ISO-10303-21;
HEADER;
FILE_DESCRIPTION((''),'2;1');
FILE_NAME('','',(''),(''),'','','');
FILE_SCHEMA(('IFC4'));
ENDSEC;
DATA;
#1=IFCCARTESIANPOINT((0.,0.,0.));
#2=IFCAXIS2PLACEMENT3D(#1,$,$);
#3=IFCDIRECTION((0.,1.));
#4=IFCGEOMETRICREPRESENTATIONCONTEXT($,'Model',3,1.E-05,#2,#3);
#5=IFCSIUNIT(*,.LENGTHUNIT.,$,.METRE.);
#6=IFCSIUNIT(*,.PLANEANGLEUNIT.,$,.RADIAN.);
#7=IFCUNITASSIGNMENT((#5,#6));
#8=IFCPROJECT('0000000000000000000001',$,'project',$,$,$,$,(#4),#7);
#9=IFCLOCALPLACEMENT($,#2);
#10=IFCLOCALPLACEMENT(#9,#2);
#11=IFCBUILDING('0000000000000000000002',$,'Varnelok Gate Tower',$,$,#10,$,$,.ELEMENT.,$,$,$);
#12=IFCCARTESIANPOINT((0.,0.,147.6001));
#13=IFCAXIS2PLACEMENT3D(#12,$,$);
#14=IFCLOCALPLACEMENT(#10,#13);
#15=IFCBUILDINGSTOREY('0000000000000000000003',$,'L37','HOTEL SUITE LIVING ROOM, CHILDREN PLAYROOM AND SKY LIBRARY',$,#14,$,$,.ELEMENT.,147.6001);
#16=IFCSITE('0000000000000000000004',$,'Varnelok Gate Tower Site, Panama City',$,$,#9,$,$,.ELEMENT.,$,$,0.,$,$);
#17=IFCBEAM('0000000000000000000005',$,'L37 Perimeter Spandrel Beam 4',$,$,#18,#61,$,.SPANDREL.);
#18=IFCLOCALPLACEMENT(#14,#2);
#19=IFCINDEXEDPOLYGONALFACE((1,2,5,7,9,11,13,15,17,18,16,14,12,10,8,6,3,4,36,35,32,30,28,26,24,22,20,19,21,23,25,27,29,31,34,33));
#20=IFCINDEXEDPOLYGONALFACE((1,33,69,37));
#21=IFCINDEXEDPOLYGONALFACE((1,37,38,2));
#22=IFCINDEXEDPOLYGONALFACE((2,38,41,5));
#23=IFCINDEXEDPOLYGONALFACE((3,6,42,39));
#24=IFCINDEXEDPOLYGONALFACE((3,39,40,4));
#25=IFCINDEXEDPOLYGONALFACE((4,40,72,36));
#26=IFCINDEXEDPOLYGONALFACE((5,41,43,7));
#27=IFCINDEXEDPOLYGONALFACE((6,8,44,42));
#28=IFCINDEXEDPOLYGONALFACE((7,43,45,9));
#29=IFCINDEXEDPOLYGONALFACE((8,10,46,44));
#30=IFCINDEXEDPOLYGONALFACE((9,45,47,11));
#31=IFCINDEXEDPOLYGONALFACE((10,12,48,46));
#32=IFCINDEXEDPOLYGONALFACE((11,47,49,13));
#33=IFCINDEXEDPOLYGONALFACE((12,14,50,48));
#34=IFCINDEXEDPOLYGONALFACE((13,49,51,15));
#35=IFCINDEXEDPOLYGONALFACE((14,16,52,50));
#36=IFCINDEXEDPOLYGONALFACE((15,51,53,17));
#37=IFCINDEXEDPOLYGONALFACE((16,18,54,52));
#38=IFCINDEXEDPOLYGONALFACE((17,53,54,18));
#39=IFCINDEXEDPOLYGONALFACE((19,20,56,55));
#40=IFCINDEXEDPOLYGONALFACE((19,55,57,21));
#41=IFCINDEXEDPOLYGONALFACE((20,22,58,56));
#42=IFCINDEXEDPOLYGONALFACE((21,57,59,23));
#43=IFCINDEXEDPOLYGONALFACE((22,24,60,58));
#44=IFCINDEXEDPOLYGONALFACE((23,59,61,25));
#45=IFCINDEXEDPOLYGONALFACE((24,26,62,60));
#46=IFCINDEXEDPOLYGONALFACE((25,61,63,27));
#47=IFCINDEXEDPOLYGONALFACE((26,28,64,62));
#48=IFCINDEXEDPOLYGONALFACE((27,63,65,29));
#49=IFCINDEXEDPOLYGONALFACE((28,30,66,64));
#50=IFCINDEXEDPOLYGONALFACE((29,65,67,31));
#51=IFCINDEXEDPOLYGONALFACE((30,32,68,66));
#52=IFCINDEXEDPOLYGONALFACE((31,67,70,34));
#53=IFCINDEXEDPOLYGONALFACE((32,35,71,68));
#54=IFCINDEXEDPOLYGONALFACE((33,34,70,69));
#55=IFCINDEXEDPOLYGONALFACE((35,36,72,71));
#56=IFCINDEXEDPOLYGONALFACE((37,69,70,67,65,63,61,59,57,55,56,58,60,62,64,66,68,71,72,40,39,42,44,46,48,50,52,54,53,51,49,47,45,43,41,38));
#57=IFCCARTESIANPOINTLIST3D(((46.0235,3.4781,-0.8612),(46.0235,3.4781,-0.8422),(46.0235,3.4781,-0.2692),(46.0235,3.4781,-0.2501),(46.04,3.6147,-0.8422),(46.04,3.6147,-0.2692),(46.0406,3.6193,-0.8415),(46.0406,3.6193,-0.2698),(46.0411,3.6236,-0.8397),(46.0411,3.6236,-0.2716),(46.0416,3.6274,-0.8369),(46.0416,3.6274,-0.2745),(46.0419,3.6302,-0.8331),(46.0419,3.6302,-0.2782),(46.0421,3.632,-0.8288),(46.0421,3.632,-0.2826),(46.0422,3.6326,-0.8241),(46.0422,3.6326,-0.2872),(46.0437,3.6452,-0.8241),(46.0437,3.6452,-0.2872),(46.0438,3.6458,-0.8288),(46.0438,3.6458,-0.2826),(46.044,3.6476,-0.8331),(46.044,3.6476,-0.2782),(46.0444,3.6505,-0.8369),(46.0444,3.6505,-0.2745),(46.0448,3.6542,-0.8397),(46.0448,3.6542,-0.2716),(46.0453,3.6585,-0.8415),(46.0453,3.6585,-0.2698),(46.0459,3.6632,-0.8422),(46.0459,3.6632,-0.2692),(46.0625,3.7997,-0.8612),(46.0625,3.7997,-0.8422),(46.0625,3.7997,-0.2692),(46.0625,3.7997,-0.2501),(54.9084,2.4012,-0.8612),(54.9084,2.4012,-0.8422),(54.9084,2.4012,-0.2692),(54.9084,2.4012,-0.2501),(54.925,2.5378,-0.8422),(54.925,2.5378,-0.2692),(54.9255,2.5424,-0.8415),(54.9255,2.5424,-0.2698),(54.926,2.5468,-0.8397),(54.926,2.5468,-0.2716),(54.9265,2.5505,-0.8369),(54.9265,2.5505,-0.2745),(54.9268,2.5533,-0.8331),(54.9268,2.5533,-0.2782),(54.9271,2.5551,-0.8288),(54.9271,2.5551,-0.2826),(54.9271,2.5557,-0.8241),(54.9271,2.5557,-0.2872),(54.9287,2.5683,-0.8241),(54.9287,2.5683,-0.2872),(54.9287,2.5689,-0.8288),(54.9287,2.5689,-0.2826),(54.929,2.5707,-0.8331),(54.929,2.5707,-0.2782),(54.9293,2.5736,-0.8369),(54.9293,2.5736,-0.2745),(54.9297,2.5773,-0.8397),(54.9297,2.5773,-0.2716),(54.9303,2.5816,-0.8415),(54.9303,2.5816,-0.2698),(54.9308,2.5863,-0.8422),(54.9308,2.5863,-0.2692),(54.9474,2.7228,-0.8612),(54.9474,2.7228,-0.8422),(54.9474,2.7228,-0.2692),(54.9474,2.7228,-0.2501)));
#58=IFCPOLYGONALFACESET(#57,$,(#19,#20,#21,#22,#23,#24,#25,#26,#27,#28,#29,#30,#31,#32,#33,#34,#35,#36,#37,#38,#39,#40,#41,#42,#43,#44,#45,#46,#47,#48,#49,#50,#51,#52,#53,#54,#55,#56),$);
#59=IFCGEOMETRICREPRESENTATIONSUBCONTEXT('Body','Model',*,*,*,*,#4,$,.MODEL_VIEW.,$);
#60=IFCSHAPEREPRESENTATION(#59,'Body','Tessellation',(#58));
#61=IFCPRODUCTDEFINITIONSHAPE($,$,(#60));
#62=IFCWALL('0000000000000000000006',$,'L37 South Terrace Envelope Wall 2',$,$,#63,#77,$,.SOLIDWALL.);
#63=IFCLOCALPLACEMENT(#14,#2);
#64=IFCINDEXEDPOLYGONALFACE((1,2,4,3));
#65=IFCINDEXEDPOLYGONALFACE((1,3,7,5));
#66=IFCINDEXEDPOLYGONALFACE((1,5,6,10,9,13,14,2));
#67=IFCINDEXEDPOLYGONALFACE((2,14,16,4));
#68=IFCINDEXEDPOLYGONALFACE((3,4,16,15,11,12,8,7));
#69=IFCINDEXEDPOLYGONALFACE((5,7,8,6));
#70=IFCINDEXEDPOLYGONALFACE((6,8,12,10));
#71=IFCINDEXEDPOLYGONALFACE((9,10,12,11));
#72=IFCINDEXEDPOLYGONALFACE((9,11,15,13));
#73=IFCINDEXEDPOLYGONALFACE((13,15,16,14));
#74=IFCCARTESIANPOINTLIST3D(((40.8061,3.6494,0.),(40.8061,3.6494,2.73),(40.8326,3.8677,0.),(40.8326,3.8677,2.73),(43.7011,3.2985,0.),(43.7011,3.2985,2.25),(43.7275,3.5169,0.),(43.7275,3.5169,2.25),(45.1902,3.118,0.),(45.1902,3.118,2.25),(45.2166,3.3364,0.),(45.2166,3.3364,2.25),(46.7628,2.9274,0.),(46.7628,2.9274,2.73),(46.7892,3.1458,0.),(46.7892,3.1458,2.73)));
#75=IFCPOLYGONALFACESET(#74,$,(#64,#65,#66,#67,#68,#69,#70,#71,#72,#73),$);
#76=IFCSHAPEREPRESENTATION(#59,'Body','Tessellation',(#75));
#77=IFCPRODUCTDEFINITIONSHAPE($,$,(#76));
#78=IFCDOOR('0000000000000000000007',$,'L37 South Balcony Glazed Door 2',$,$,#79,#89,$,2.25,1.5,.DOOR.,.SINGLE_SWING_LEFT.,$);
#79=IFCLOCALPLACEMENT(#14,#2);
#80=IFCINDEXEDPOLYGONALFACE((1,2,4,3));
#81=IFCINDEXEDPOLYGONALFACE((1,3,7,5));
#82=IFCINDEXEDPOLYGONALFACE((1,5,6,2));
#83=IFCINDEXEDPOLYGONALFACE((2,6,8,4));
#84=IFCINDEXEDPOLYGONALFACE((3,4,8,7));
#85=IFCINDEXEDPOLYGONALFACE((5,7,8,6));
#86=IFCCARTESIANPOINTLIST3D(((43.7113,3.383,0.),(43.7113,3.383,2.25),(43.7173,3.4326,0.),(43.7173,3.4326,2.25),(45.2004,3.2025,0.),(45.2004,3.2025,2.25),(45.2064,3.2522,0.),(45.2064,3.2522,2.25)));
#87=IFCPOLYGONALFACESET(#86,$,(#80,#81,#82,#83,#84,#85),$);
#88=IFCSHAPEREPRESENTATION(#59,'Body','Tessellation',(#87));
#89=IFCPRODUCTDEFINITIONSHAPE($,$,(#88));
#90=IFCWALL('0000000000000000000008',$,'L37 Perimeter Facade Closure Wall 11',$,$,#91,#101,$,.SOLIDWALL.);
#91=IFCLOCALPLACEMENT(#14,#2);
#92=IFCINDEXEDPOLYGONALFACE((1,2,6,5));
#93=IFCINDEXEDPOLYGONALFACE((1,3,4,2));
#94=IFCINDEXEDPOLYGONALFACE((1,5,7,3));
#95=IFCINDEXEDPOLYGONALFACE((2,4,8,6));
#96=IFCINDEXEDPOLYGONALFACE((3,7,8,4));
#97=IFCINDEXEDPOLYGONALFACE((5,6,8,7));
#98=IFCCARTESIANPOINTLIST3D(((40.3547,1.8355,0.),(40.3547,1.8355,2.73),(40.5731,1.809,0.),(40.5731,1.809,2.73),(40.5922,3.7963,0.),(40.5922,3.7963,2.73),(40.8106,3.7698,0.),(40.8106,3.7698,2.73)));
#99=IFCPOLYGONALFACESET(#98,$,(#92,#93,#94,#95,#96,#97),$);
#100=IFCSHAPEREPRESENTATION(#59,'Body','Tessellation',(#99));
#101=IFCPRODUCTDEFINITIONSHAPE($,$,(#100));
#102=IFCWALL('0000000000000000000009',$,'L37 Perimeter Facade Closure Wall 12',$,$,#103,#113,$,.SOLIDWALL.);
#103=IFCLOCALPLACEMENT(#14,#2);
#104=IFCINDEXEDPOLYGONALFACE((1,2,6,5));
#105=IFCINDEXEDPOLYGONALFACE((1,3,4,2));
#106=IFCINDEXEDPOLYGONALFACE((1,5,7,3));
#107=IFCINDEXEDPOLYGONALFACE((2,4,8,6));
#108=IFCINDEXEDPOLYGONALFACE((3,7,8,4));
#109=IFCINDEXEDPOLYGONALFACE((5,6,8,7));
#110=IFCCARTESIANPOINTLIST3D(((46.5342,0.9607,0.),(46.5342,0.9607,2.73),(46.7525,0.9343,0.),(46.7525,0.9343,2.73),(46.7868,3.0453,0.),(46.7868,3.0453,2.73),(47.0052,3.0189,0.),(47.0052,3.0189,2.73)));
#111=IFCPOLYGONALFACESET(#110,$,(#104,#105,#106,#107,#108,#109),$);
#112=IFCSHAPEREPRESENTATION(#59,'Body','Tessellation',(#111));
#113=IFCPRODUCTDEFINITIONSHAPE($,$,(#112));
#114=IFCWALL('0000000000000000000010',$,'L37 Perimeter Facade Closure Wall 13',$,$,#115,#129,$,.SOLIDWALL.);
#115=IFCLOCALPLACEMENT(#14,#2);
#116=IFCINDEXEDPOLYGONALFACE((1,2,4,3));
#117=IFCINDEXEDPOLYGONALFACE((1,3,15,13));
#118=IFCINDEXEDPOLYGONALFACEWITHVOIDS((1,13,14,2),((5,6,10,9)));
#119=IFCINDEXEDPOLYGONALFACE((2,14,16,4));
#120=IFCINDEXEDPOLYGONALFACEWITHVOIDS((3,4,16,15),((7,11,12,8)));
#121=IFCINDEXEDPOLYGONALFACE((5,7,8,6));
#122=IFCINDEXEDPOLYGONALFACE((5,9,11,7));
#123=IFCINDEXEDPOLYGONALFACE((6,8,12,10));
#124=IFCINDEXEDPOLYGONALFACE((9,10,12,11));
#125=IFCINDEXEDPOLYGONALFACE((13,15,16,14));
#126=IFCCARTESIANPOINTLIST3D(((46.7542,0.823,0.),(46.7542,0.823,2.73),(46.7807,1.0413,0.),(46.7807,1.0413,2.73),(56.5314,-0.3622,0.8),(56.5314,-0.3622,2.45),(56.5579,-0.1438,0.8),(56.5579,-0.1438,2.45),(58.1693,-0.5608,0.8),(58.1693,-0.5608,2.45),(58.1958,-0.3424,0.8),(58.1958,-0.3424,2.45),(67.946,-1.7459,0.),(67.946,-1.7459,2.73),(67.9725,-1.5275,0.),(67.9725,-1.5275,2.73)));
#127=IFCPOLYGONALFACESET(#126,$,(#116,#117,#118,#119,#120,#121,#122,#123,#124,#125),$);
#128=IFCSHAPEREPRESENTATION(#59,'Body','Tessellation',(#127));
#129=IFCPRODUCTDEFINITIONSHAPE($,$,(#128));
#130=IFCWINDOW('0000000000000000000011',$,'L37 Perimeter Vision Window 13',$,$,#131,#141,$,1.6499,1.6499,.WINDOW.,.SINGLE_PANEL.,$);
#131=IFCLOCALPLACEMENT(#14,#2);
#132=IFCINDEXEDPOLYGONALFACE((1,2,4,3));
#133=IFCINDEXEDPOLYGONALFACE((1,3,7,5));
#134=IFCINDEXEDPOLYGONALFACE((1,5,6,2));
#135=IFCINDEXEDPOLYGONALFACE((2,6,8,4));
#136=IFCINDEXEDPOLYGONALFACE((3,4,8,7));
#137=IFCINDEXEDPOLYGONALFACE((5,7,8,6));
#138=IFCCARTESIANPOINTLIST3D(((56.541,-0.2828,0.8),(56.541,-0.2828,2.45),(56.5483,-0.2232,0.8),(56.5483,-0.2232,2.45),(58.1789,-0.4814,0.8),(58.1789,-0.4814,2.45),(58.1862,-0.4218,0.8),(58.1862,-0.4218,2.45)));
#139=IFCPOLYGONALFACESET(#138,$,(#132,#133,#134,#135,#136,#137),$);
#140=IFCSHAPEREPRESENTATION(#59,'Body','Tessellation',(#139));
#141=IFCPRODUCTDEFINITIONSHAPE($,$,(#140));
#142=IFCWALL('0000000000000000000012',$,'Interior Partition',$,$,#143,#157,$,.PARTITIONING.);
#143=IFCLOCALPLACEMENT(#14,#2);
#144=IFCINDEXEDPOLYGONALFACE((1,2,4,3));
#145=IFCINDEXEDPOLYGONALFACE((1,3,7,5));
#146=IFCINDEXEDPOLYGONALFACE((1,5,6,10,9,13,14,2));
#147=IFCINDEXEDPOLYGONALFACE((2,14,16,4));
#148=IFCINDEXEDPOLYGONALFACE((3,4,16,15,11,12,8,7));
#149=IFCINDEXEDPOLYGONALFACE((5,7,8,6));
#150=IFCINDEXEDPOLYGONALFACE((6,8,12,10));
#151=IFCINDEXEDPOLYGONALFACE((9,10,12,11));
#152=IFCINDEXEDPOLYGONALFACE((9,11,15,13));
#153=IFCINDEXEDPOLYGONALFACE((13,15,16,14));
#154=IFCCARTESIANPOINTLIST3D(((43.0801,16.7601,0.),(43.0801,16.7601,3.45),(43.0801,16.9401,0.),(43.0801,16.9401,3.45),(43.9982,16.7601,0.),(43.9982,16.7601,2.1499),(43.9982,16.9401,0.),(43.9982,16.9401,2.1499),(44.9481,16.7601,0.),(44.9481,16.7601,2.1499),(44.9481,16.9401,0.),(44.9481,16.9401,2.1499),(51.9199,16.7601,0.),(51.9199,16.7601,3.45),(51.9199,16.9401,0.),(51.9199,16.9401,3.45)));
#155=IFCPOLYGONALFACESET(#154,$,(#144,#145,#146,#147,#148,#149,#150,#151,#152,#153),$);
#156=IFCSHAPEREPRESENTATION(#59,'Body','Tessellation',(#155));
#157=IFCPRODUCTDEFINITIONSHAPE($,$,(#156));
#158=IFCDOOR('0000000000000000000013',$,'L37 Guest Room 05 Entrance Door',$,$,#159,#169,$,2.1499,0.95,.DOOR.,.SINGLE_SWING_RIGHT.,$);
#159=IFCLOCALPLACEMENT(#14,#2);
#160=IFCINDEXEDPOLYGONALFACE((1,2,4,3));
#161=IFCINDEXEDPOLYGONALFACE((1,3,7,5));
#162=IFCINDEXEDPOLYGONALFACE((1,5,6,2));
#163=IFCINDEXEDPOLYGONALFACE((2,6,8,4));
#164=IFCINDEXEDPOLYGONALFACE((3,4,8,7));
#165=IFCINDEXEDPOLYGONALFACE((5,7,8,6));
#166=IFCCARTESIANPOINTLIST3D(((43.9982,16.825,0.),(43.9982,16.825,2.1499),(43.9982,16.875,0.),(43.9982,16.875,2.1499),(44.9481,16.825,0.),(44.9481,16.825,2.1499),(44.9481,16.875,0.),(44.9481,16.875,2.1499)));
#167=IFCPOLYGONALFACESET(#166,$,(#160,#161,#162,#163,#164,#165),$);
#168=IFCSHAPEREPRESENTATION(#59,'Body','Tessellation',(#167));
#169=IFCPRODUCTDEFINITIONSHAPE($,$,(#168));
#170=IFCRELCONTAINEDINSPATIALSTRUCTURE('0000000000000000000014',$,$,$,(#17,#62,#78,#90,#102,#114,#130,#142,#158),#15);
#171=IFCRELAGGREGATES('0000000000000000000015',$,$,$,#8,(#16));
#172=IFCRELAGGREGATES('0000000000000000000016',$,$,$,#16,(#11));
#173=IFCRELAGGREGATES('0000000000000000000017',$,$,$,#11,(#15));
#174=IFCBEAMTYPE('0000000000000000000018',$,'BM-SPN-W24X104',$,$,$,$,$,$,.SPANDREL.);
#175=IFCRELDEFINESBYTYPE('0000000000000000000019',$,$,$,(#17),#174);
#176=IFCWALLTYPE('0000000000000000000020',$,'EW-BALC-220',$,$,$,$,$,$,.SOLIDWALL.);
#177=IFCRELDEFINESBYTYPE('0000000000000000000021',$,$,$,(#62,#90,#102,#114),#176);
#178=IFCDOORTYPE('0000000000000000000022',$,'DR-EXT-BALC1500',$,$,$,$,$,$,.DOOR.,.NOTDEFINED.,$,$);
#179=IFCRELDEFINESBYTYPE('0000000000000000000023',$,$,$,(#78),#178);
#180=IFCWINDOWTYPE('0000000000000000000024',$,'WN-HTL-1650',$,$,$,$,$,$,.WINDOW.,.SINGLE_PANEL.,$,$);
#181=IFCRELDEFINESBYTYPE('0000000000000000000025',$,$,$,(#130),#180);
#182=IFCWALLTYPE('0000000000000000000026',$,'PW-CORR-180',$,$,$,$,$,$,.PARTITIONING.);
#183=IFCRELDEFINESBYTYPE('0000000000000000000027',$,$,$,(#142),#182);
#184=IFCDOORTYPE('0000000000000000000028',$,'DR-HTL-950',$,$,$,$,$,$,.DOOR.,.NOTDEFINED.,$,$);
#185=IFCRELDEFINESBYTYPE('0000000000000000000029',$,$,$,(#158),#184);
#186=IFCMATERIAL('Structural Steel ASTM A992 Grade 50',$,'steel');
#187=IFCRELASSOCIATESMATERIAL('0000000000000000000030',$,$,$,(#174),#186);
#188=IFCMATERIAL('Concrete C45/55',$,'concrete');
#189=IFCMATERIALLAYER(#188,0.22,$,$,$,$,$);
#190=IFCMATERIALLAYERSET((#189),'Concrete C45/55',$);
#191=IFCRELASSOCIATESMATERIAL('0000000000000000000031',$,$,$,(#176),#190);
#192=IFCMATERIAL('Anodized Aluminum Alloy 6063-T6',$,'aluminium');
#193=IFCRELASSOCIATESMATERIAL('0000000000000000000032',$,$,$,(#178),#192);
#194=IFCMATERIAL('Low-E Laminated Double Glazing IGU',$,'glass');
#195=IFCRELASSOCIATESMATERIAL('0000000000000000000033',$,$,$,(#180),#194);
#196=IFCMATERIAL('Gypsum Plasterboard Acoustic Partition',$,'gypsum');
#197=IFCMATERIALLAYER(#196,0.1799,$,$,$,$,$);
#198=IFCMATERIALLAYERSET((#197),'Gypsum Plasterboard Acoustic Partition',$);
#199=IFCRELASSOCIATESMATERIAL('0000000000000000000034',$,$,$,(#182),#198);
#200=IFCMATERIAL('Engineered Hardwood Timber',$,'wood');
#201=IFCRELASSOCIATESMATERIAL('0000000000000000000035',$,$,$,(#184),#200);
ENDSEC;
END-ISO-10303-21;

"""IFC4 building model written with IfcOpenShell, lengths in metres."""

from ifc_helpers import new_model, si_unit, direction, frame, frame_2d, origin, origin_2d, place, context, subcontext, project, spatial, rectangle, i_section, extrude, material, layer, layer_set, material_profile, profile_set, type_object, element, fill, save


model = new_model("IFC4")

# Units and contexts
model_context = context("Model", 3, precision=1e-05, world=origin(), true_north=direction((0.0, 1.0)))
body_context = subcontext(model_context, "Body", "Model", "MODEL_VIEW")
ifc_project = project(units=[si_unit("LENGTHUNIT", "METRE"), si_unit("PLANEANGLEUNIT", "RADIAN")], contexts=[model_context])

# Site, building, storey
site_placement = place(None, origin())
site = spatial("IfcSite", under=ifc_project, at=site_placement, Name="Varnelok Gate Tower Site, Panama City", CompositionType="ELEMENT", RefElevation=0.0)
building_placement = place(site_placement, origin())
building = spatial("IfcBuilding", under=site, at=building_placement, Name="Varnelok Gate Tower", CompositionType="ELEMENT")
storey_placement = place(building_placement, frame((0.0, 0.0, 147.6001)))
storey = spatial("IfcBuildingStorey", under=building, at=storey_placement, Name="L37", Description="HOTEL SUITE LIVING ROOM, CHILDREN PLAYROOM AND SKY LIBRARY", CompositionType="ELEMENT", Elevation=147.6001)

# Shared definitions
ifc_material_1 = material(Name="Structural Steel ASTM A992 Grade 50", Category="steel")

# Beam
ifc_material_profile_1 = material_profile(ifc_material_1, i_section(OverallWidth=0.324, OverallDepth=0.6111, WebThickness=0.0127, FlangeThickness=0.019, FilletRadius=0.0181, at=origin_2d()), Name="W24X104")
ifc_profile_set_1 = profile_set([ifc_material_profile_1], Name="Structural Steel ASTM A992 Grade 50")
beam_type_1 = type_object("IfcBeamType", Name="BM-SPN-W24X104", PredefinedType="SPANDREL", material=ifc_profile_set_1)
beam_1_placement = place(storey_placement, frame((46.043, 3.6389, -0.5557), z_axis=(0.992735, -0.120324, 0.0), x_axis=(0.120324, 0.992735, 0.0)))
element("IfcBeam", 1, at=beam_1_placement, inside=storey, type_object=beam_type_1, Name="L37 Perimeter Spandrel Beam 4", PredefinedType="SPANDREL", context=body_context, shape_type="SweptSolid", body=[
    extrude(i_section(OverallWidth=0.324, OverallDepth=0.6111, WebThickness=0.0127, FlangeThickness=0.019, FilletRadius=0.0181, at=origin_2d()), origin(), (0.0, 0.0, 1.0), 8.95),
])

# Wall, opening, door
ifc_material_2 = material(Name="Concrete C45/55", Category="concrete")
ifc_layer_1 = layer(ifc_material_2, 0.22)
ifc_layer_set_1 = layer_set([ifc_layer_1], Name="Concrete C45/55")
wall_type_1 = type_object("IfcWallType", Name="EW-BALC-220", PredefinedType="SOLIDWALL", material=ifc_layer_set_1)
wall_1_placement = place(storey_placement, frame((46.7759, 3.0366, 0.0), z_axis=(0.0, 0.0, 1.0), x_axis=(-0.992735, 0.120318, 0.0)))
wall_1 = element("IfcWall", 2, at=wall_1_placement, inside=storey, type_object=wall_type_1, Name="L37 South Terrace Envelope Wall 2", PredefinedType="SOLIDWALL", context=body_context, shape_type="SweptSolid", body=[
    extrude(rectangle(XDim=6.0002, YDim=0.22, at=frame_2d((3.0, 0.0))), origin(), (0.0, 0.0, 1.0), 2.73),
])
opening_1_placement = place(wall_1_placement, frame((1.584, 0.0, 0.0)))
opening_1 = element("IfcOpeningElement", 3, at=opening_1_placement, cuts=wall_1, PredefinedType="OPENING", context=body_context, shape_type="SweptSolid", body=[
    extrude(rectangle(XDim=1.5, YDim=2.25, at=frame_2d((0.75, 1.125))), frame((0.0, 0.1199, 0.0), z_axis=(0.0, -1.0, 0.0), x_axis=(1.0, 0.0, 0.0)), (0.0, 0.0, 1.0), 0.24),
])
ifc_material_3 = material(Name="Anodized Aluminum Alloy 6063-T6", Category="aluminium")
door_type_1 = type_object("IfcDoorType", Name="DR-EXT-BALC1500", OperationType="NOTDEFINED", PredefinedType="DOOR", material=ifc_material_3)
door_1_placement = place(opening_1_placement, origin())
door_1 = element("IfcDoor", 4, at=door_1_placement, inside=storey, type_object=door_type_1, Name="L37 South Balcony Glazed Door 2", OperationType="SINGLE_SWING_LEFT", OverallHeight=2.25, OverallWidth=1.5, PredefinedType="DOOR", context=body_context, shape_type="SweptSolid", body=[
    extrude(rectangle(XDim=1.5, YDim=2.25, at=frame_2d((0.75, 1.125))), frame((0.0, 0.0249, 0.0), z_axis=(0.0, -1.0, 0.0), x_axis=(1.0, 0.0, 0.0)), (0.0, 0.0, 1.0), 0.05),
])
fill(opening_1, door_1)

# Walls
wall_2_placement = place(storey_placement, frame((40.4639, 1.8223, 0.0), z_axis=(0.0, 0.0, 1.0), x_axis=(0.120276, 0.99274, 0.0)))
element("IfcWall", 5, at=wall_2_placement, inside=storey, type_object=wall_type_1, Name="L37 Perimeter Facade Closure Wall 11", PredefinedType="SOLIDWALL", context=body_context, shape_type="SweptSolid", body=[
    extrude(rectangle(XDim=1.9751, YDim=0.22, at=frame_2d((0.9875, 0.0))), origin(), (0.0, 0.0, 1.0), 2.73),
])
wall_3_placement = place(storey_placement, frame((46.896, 3.032, 0.0), z_axis=(0.0, 0.0, 1.0), x_axis=(-0.120328, -0.992734, 0.0)))
element("IfcWall", 6, at=wall_3_placement, inside=storey, type_object=wall_type_1, Name="L37 Perimeter Facade Closure Wall 12", PredefinedType="SOLIDWALL", context=body_context, shape_type="SweptSolid", body=[
    extrude(rectangle(XDim=2.0999, YDim=0.22, at=frame_2d((1.0498, 0.0))), origin(), (0.0, 0.0, 1.0), 2.73),
])

# Wall, opening, window
wall_4_placement = place(storey_placement, frame((46.7676, 0.9321, 0.0), z_axis=(0.0, 0.0, 1.0), x_axis=(0.992733, -0.120338, 0.0)))
wall_4 = element("IfcWall", 7, at=wall_4_placement, inside=storey, type_object=wall_type_1, Name="L37 Perimeter Facade Closure Wall 13", PredefinedType="SOLIDWALL", context=body_context, shape_type="SweptSolid", body=[
    extrude(rectangle(XDim=21.3469, YDim=0.22, at=frame_2d((10.6733, 0.0))), origin(), (0.0, 0.0, 1.0), 2.73),
])
opening_2_placement = place(wall_4_placement, frame((9.8486, 0.0, 0.8)))
opening_2 = element("IfcOpeningElement", 8, at=opening_2_placement, cuts=wall_4, PredefinedType="OPENING", context=body_context, shape_type="SweptSolid", body=[
    extrude(rectangle(XDim=1.6499, YDim=1.6499, at=frame_2d((0.825, 0.825))), frame((0.0, 0.1199, 0.0), z_axis=(0.0, -1.0, 0.0), x_axis=(1.0, 0.0, 0.0)), (0.0, 0.0, 1.0), 0.24),
])
ifc_material_4 = material(Name="Low-E Laminated Double Glazing IGU", Category="glass")
window_type = type_object("IfcWindowType", Name="WN-HTL-1650", PartitioningType="SINGLE_PANEL", PredefinedType="WINDOW", material=ifc_material_4)
window_placement = place(opening_2_placement, origin())
window = element("IfcWindow", 9, at=window_placement, inside=storey, type_object=window_type, Name="L37 Perimeter Vision Window 13", OverallHeight=1.6499, OverallWidth=1.6499, PartitioningType="SINGLE_PANEL", PredefinedType="WINDOW", context=body_context, shape_type="SweptSolid", body=[
    extrude(rectangle(XDim=1.6499, YDim=1.6499, at=frame_2d((0.825, 0.825))), frame((0.0, 0.03, 0.0), z_axis=(0.0, -1.0, 0.0), x_axis=(1.0, 0.0, 0.0)), (0.0, 0.0, 1.0), 0.0601),
])
fill(opening_2, window)

# Wall, opening, door
ifc_material_5 = material(Name="Gypsum Plasterboard Acoustic Partition", Category="gypsum")
ifc_layer_2 = layer(ifc_material_5, 0.1799)
ifc_layer_set_2 = layer_set([ifc_layer_2], Name="Gypsum Plasterboard Acoustic Partition")
wall_type_2 = type_object("IfcWallType", Name="PW-CORR-180", PredefinedType="PARTITIONING", material=ifc_layer_set_2)
wall_5_placement = place(storey_placement, frame((43.0801, 16.8501, 0.0), z_axis=(0.0, 0.0, 1.0), x_axis=(1.0, 0.0, 0.0)))
wall_5 = element("IfcWall", 10, at=wall_5_placement, inside=storey, type_object=wall_type_2, Name="Interior Partition", PredefinedType="PARTITIONING", context=body_context, shape_type="SweptSolid", body=[
    extrude(rectangle(XDim=8.8398, YDim=0.1799, at=frame_2d((4.4199, 0.0))), origin(), (0.0, 0.0, 1.0), 3.45),
])
opening_3_placement = place(wall_5_placement, frame((0.918, 0.0, 0.0)))
opening_3 = element("IfcOpeningElement", 11, at=opening_3_placement, cuts=wall_5, PredefinedType="OPENING", context=body_context, shape_type="SweptSolid", body=[
    extrude(rectangle(XDim=0.95, YDim=2.1499, at=frame_2d((0.4751, 1.075))), frame((0.0, 0.0999, 0.0), z_axis=(0.0, -1.0, 0.0), x_axis=(1.0, 0.0, 0.0)), (0.0, 0.0, 1.0), 0.2),
])
ifc_material_6 = material(Name="Engineered Hardwood Timber", Category="wood")
door_type_2 = type_object("IfcDoorType", Name="DR-HTL-950", OperationType="NOTDEFINED", PredefinedType="DOOR", material=ifc_material_6)
door_2_placement = place(opening_3_placement, origin())
door_2 = element("IfcDoor", 12, at=door_2_placement, inside=storey, type_object=door_type_2, Name="L37 Guest Room 05 Entrance Door", OperationType="SINGLE_SWING_RIGHT", OverallHeight=2.1499, OverallWidth=0.95, PredefinedType="DOOR", context=body_context, shape_type="SweptSolid", body=[
    extrude(rectangle(XDim=0.95, YDim=2.1499, at=frame_2d((0.4751, 1.075))), frame((0.0, 0.0249, 0.0), z_axis=(0.0, -1.0, 0.0), x_axis=(1.0, 0.0, 0.0)), (0.0, 0.0, 1.0), 0.05),
])
fill(opening_3, door_2)

save(model, "model.ifc")
